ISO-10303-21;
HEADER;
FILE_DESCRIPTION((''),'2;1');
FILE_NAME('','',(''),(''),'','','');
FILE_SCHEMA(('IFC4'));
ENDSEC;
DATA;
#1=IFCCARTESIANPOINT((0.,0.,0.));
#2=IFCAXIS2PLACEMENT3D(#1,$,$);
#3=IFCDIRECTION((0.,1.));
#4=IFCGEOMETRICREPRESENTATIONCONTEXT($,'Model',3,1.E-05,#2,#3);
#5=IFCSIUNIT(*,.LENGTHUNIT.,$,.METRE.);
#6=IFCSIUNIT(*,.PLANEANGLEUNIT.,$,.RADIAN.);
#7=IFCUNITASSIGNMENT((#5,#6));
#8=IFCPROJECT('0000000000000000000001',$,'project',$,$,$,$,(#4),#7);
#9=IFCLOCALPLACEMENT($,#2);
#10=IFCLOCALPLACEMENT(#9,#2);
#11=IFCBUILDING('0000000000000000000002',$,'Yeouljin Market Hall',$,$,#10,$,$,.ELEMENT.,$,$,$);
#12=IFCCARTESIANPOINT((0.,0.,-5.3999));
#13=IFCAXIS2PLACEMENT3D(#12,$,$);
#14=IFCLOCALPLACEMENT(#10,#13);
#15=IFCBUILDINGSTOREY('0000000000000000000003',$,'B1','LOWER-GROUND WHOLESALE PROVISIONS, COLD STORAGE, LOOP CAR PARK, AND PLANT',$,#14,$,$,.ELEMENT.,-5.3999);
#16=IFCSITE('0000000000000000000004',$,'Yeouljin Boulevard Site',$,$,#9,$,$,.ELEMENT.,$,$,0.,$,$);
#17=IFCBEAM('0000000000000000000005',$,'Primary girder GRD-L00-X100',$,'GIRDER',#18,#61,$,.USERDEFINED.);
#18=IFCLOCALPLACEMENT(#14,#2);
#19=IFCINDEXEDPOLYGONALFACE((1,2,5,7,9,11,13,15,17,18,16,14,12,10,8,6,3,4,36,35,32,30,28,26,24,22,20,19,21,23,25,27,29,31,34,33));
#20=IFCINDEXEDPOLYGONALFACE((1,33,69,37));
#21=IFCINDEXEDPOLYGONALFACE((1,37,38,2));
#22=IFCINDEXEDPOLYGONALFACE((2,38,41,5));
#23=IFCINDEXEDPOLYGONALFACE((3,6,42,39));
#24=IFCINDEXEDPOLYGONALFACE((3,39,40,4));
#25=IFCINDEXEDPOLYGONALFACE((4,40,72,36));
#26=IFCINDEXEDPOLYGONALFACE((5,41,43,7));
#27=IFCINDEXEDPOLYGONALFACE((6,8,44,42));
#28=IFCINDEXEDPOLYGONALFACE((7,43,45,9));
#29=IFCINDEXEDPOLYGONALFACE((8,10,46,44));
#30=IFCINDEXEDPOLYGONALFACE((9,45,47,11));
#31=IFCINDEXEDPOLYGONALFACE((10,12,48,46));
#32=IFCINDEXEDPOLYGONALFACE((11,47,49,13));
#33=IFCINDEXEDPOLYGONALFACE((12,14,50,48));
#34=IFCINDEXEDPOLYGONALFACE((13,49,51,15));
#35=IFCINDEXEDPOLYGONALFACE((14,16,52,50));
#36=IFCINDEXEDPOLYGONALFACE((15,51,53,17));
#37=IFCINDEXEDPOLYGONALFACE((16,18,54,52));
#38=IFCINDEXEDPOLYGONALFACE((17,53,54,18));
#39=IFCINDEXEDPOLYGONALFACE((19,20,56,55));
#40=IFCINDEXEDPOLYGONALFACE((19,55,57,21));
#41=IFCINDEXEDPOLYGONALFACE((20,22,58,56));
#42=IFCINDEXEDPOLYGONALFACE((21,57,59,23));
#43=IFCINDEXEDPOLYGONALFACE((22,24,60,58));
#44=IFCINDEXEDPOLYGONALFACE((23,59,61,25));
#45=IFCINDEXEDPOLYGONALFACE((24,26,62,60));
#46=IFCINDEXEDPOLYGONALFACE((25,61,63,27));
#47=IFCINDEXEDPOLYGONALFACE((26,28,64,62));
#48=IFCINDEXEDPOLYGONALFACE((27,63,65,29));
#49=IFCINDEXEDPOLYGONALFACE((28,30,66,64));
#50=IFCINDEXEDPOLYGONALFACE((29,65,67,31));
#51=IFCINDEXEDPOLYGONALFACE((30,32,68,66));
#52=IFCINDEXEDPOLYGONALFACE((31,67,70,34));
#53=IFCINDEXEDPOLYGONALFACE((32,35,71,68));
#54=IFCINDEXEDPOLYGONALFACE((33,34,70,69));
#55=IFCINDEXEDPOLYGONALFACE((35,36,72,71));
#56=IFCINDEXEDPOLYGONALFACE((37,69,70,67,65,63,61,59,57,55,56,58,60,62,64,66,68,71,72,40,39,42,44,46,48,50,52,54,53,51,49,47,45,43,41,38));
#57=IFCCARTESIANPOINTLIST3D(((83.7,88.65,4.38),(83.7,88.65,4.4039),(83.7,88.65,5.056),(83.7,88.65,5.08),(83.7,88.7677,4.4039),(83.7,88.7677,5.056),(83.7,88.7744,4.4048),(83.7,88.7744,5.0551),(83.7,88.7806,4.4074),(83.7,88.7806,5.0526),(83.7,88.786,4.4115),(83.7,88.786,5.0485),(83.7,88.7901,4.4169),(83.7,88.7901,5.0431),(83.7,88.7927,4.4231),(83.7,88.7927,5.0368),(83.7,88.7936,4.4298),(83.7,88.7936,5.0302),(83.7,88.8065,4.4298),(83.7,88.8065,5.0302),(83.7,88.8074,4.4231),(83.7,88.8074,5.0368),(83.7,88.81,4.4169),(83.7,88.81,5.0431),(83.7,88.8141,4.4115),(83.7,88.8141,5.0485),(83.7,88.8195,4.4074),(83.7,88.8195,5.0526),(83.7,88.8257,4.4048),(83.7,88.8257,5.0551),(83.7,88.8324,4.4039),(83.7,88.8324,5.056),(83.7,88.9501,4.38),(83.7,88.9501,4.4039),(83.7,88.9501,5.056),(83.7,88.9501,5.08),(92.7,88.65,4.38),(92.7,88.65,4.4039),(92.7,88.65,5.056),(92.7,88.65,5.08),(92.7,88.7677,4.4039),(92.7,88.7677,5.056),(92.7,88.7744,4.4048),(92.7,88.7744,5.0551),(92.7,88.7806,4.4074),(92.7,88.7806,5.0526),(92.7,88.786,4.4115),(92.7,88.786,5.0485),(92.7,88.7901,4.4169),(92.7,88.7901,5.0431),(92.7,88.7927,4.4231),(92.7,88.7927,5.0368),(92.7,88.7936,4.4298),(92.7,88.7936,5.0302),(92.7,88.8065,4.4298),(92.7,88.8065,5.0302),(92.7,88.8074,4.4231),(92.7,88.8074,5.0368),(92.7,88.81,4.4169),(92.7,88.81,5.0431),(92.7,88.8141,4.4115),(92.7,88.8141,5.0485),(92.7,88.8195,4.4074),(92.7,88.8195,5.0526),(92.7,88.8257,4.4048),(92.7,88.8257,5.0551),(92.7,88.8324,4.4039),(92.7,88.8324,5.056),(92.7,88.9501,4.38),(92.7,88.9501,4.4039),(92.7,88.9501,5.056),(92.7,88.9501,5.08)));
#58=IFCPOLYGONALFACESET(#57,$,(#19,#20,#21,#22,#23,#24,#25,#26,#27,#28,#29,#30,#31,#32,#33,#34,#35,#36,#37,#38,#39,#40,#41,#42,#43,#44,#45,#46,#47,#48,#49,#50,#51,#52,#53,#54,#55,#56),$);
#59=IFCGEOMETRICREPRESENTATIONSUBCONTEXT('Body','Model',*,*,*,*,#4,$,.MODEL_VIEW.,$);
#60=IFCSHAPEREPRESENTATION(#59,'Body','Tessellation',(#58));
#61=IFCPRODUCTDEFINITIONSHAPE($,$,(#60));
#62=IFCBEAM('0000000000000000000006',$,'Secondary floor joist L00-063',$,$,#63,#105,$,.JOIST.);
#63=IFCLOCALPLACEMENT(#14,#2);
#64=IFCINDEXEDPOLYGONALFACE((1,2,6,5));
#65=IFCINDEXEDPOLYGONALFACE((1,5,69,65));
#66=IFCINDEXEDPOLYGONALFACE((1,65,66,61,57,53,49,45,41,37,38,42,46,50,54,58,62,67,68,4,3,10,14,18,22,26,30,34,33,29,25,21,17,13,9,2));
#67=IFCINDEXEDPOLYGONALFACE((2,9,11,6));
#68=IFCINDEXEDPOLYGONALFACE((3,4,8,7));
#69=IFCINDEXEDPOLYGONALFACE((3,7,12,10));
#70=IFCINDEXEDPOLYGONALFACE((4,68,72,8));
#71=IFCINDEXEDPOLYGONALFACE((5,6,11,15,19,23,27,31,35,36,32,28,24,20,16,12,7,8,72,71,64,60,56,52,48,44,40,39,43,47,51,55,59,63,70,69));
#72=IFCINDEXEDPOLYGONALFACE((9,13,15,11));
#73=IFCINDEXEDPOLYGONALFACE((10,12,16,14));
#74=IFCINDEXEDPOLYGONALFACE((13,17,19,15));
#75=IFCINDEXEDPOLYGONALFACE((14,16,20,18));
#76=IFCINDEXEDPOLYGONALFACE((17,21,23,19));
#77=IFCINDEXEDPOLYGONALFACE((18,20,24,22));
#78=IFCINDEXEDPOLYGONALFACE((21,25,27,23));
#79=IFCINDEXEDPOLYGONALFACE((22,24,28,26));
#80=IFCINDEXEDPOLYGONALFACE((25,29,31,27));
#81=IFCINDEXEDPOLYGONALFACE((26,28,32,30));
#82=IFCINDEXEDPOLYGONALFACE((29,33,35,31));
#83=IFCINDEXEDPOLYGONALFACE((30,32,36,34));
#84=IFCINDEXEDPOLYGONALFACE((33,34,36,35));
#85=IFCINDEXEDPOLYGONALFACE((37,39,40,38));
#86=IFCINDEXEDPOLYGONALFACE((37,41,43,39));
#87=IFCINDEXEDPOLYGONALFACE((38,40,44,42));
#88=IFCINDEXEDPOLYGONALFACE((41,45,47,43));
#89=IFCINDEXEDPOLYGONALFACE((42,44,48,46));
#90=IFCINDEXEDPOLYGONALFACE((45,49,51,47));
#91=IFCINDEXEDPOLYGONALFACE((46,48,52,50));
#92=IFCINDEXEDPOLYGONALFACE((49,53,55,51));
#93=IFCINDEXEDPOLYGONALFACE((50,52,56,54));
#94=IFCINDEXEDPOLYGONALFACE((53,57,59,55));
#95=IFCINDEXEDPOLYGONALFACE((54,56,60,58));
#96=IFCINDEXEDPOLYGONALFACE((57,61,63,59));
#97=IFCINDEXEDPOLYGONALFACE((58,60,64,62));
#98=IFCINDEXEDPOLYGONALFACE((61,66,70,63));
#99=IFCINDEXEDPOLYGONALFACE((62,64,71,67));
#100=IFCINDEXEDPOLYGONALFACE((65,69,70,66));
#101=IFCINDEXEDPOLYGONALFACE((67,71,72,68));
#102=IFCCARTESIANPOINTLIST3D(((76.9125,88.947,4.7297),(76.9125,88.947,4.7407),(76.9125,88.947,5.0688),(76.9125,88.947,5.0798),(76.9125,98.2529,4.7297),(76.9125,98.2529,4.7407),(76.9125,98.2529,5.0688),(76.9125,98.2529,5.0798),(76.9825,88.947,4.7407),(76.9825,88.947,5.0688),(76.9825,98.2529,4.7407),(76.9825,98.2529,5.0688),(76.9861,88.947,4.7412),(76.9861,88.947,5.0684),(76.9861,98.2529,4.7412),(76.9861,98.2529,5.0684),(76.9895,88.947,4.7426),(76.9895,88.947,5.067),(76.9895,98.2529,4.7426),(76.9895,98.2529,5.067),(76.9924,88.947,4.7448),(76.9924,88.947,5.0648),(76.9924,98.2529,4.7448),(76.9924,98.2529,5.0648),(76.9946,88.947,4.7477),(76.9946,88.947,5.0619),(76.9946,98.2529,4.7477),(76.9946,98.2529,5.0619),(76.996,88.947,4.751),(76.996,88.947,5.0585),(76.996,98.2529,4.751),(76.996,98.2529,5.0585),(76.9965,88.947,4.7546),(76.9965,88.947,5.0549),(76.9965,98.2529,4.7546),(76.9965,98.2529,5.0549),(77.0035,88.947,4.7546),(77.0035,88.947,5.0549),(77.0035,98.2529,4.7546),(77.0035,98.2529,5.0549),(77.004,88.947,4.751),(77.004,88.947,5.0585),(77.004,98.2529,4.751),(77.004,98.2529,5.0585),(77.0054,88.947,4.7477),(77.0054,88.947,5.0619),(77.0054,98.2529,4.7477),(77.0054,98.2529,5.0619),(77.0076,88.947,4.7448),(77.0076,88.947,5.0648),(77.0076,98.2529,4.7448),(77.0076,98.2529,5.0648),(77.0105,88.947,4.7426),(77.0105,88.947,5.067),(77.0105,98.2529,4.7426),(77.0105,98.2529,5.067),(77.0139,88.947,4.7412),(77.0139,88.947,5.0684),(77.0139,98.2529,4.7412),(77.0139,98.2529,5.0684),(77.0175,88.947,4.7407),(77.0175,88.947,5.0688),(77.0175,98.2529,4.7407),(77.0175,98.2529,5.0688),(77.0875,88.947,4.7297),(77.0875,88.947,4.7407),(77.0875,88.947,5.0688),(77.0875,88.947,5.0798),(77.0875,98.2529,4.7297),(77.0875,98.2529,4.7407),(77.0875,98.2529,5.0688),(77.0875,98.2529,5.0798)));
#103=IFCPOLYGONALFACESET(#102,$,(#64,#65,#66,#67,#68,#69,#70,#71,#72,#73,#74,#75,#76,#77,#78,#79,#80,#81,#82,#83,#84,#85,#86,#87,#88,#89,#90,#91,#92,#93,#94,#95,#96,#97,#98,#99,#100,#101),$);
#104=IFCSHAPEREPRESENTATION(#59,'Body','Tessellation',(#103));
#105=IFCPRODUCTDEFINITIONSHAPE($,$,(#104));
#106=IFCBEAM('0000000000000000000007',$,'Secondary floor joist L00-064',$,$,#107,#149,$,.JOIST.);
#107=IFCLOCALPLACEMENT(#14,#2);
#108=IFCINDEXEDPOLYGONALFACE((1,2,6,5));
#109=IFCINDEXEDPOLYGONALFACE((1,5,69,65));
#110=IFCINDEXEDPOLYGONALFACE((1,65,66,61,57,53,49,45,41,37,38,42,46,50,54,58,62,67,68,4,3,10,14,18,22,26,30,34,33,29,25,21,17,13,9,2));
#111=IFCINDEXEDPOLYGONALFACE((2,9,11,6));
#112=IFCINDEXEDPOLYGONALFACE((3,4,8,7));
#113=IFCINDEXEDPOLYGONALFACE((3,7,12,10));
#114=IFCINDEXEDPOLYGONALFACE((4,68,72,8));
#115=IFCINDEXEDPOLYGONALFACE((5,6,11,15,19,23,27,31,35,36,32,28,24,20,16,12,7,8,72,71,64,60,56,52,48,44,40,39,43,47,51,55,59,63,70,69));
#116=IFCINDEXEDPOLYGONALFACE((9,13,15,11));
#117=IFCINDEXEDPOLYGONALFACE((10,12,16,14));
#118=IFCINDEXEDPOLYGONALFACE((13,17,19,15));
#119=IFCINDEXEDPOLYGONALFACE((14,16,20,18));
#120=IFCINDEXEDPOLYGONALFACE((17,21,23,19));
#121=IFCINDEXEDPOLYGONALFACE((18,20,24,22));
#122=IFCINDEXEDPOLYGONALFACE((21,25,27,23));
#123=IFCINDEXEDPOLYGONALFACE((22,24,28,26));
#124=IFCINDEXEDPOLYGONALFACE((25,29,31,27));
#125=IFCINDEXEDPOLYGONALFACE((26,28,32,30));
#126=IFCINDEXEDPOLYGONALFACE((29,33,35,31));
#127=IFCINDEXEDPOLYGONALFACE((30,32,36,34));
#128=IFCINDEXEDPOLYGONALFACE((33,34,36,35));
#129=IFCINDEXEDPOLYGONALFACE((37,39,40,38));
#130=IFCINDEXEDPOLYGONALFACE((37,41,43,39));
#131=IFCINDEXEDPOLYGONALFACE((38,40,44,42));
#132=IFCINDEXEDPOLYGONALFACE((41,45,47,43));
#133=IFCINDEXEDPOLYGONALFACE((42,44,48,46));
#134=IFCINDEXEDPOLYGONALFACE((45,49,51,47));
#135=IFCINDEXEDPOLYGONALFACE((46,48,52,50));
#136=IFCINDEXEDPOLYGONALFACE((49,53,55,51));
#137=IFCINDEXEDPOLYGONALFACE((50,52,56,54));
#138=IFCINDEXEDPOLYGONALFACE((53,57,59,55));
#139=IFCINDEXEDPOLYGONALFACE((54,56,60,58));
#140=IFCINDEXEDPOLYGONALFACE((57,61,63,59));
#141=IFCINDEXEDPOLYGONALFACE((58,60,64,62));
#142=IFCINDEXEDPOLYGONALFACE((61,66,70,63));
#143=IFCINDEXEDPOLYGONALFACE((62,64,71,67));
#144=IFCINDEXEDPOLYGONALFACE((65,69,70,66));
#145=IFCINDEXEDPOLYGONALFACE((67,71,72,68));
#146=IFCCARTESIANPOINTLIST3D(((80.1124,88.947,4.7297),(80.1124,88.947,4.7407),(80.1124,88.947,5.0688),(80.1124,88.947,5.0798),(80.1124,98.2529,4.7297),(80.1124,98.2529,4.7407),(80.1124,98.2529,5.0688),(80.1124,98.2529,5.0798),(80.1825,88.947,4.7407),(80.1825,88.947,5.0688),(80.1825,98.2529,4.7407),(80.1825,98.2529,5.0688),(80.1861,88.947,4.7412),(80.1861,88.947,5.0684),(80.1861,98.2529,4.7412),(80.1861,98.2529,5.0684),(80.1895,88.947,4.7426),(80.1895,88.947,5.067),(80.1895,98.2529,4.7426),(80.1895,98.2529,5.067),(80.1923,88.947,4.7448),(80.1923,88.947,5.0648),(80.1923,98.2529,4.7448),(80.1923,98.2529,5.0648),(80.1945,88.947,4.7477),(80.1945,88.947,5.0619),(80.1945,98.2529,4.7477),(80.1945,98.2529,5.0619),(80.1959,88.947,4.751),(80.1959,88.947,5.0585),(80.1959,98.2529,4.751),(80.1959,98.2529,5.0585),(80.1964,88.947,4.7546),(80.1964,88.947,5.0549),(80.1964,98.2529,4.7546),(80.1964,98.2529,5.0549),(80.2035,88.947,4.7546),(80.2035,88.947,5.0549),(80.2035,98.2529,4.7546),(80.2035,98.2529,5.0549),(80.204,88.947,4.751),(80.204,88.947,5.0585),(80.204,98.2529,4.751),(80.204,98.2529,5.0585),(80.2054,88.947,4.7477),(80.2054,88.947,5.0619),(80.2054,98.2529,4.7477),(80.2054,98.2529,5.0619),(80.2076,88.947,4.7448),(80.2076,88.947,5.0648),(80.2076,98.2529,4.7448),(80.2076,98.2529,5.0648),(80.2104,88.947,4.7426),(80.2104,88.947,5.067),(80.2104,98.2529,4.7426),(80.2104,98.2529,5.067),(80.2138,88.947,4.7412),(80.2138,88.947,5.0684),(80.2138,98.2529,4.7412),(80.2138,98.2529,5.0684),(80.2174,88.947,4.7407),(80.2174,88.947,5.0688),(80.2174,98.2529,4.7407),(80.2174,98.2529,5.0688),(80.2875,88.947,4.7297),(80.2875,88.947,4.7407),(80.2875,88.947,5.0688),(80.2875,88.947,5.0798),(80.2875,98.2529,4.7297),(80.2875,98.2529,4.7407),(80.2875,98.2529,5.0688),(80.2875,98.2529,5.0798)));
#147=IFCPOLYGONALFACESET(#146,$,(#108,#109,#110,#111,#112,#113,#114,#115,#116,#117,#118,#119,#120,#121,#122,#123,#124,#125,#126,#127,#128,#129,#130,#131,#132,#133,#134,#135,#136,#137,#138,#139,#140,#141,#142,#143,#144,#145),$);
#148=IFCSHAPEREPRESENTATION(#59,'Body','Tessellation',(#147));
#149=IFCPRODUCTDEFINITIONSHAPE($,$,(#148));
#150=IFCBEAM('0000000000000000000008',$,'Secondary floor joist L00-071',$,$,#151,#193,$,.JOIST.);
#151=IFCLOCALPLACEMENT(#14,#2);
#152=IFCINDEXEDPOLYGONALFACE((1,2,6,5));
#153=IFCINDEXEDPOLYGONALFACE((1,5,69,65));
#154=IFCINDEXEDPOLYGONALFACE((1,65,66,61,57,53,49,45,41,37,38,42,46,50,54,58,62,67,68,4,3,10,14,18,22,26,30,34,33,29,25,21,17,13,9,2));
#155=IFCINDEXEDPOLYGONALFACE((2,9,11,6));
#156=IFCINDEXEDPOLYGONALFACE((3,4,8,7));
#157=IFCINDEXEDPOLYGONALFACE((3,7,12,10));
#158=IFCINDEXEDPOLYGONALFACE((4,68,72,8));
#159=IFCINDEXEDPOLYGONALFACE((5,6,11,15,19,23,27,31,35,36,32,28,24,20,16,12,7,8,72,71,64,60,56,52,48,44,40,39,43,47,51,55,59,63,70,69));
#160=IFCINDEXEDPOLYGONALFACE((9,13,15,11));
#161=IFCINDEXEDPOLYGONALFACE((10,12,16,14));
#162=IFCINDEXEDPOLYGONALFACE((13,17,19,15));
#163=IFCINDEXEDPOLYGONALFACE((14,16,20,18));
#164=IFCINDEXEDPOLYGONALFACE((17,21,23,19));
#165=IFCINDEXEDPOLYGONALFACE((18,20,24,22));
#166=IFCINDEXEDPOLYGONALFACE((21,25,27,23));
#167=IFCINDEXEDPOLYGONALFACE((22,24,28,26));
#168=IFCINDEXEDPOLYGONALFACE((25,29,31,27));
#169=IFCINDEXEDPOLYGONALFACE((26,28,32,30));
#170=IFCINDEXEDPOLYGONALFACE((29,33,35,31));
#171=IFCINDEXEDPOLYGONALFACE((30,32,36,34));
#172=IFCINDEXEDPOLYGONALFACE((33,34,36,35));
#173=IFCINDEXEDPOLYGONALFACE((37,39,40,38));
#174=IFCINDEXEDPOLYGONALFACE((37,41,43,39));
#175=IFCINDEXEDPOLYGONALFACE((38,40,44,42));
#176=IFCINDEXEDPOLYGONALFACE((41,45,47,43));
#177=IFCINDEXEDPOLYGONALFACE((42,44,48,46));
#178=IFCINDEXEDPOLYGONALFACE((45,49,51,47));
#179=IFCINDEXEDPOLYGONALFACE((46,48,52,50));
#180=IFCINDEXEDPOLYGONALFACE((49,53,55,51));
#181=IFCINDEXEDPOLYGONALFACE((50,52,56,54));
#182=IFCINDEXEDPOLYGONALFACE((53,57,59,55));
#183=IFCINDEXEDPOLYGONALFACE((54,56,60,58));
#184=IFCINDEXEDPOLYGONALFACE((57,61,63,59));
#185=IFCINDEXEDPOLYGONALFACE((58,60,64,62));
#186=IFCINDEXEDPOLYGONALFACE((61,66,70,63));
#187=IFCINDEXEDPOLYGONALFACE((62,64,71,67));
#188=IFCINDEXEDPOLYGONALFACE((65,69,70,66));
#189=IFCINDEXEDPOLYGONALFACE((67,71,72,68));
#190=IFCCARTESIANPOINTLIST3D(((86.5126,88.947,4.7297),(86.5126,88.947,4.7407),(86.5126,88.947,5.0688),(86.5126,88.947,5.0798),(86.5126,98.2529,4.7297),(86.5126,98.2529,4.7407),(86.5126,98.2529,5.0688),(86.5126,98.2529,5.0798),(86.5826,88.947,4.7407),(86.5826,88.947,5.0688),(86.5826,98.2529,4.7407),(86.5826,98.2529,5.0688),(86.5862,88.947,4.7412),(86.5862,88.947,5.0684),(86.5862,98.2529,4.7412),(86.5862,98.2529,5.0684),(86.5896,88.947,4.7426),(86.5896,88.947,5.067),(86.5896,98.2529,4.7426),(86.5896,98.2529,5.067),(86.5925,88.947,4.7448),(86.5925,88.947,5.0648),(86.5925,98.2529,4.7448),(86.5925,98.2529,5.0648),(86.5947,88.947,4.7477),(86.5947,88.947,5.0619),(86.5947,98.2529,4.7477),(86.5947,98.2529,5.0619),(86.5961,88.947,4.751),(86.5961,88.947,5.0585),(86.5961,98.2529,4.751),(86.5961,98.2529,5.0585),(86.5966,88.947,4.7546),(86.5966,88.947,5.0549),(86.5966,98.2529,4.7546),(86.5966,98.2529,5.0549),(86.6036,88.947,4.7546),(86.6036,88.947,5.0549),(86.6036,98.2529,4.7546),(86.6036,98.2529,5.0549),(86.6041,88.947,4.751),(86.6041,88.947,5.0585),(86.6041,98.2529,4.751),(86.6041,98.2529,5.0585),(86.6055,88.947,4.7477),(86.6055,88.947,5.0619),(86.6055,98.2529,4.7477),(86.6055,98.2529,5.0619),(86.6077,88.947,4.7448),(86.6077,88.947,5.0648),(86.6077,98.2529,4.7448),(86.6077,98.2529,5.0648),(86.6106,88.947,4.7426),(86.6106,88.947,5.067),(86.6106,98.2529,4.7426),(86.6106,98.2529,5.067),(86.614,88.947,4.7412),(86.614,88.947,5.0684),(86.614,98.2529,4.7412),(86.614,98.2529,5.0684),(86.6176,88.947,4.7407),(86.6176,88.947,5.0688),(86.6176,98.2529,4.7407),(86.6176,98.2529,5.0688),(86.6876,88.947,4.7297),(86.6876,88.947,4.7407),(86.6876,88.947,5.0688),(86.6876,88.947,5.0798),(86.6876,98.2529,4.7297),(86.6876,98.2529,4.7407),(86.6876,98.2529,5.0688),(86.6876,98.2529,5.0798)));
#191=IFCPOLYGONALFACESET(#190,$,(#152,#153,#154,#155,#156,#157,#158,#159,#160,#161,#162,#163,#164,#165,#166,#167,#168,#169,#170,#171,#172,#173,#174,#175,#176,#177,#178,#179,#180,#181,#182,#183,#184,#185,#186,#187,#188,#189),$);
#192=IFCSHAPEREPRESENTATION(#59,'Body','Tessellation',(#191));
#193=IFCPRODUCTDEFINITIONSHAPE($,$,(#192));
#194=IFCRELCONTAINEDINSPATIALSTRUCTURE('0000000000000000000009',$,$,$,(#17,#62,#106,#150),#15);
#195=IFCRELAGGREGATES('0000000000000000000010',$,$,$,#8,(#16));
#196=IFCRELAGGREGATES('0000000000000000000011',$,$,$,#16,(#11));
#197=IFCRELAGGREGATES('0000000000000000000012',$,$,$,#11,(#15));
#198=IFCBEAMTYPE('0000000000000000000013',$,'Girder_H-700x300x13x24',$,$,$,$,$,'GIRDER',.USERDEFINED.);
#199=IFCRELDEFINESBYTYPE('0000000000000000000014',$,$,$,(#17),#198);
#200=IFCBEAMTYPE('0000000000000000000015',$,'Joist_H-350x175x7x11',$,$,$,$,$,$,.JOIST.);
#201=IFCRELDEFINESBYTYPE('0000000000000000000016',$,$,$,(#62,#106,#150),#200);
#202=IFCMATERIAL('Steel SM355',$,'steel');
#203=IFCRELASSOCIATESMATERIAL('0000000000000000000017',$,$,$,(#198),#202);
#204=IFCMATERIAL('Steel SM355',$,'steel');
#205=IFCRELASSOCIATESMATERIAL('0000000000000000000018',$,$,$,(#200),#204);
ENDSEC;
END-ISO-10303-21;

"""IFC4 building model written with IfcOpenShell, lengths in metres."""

from ifc_helpers import new_model, si_unit, direction, frame, origin, origin_2d, place, context, subcontext, project, spatial, i_section, extrude, material, material_profile, profile_set, type_object, element, save


model = new_model("IFC4")

# Units and contexts
model_context = context("Model", 3, precision=1e-05, world=origin(), true_north=direction((0.0, 1.0)))
body_context = subcontext(model_context, "Body", "Model", "MODEL_VIEW")
ifc_project = project(units=[si_unit("LENGTHUNIT", "METRE"), si_unit("PLANEANGLEUNIT", "RADIAN")], contexts=[model_context])

# Site, building, storey
site_placement = place(None, origin())
site = spatial("IfcSite", under=ifc_project, at=site_placement, Name="Yeouljin Boulevard Site", CompositionType="ELEMENT", RefElevation=0.0)
building_placement = place(site_placement, origin())
building = spatial("IfcBuilding", under=site, at=building_placement, Name="Yeouljin Market Hall", CompositionType="ELEMENT")
storey_placement = place(building_placement, frame((0.0, 0.0, -5.3999)))
storey = spatial("IfcBuildingStorey", under=building, at=storey_placement, Name="B1", Description="LOWER-GROUND WHOLESALE PROVISIONS, COLD STORAGE, LOOP CAR PARK, AND PLANT", CompositionType="ELEMENT", Elevation=-5.3999)

# Beams
ifc_material_1 = material(Name="Steel SM355", Category="steel")
ifc_material_profile_1 = material_profile(ifc_material_1, i_section(OverallWidth=0.3, OverallDepth=0.7, WebThickness=0.0129, FlangeThickness=0.0239, FilletRadius=0.0259, at=origin_2d()), Name="H-700x300x13x24")
ifc_profile_set_1 = profile_set([ifc_material_profile_1], Name="Steel SM355")
beam_type_1 = type_object("IfcBeamType", Name="Girder_H-700x300x13x24", ElementType="GIRDER", PredefinedType="USERDEFINED", material=ifc_profile_set_1)
beam_1_placement = place(storey_placement, frame((83.7, 88.8, 4.73), z_axis=(1.0, 0.0, 0.0), x_axis=(0.0, 1.0, 0.0)))
element("IfcBeam", 1, at=beam_1_placement, inside=storey, type_object=beam_type_1, Name="Primary girder GRD-L00-X100", ObjectType="GIRDER", PredefinedType="USERDEFINED", context=body_context, shape_type="SweptSolid", body=[
    extrude(i_section(OverallWidth=0.3, OverallDepth=0.7, WebThickness=0.0129, FlangeThickness=0.0239, FilletRadius=0.0259, at=origin_2d()), origin(), (0.0, 0.0, 1.0), 9.0),
])
ifc_material_2 = material(Name="Steel SM355", Category="steel")
ifc_material_profile_2 = material_profile(ifc_material_2, i_section(OverallWidth=0.175, OverallDepth=0.3501, WebThickness=0.0071, FlangeThickness=0.011, FilletRadius=0.0139, at=origin_2d()), Name="H-350x175x7x11")
ifc_profile_set_2 = profile_set([ifc_material_profile_2], Name="Steel SM355")
beam_type_2 = type_object("IfcBeamType", Name="Joist_H-350x175x7x11", PredefinedType="JOIST", material=ifc_profile_set_2)
for number, where, z_axis, x_axis, name in (
    (2, (77.0, 88.947, 4.9048), (0.0, 1.0, 0.0), (-1.0, 0.0, 0.0), "Secondary floor joist L00-063"),
    (3, (80.2, 88.947, 4.9048), (0.0, 1.0, 0.0), (-1.0, 0.0, 0.0), "Secondary floor joist L00-064"),
    (4, (86.6001, 88.947, 4.9048), (0.0, 1.0, 0.0), (-1.0, 0.0, 0.0), "Secondary floor joist L00-071"),
):
    element("IfcBeam", number, at=place(storey_placement, frame(where, z_axis=z_axis, x_axis=x_axis)), inside=storey, type_object=beam_type_2, Name=name, PredefinedType="JOIST", context=body_context, shape_type="SweptSolid", body=[
        extrude(i_section(OverallWidth=0.175, OverallDepth=0.3501, WebThickness=0.0071, FlangeThickness=0.011, FilletRadius=0.0139, at=origin_2d()), origin(), (0.0, 0.0, 1.0), 9.3059),
    ])

save(model, "model.ifc")
